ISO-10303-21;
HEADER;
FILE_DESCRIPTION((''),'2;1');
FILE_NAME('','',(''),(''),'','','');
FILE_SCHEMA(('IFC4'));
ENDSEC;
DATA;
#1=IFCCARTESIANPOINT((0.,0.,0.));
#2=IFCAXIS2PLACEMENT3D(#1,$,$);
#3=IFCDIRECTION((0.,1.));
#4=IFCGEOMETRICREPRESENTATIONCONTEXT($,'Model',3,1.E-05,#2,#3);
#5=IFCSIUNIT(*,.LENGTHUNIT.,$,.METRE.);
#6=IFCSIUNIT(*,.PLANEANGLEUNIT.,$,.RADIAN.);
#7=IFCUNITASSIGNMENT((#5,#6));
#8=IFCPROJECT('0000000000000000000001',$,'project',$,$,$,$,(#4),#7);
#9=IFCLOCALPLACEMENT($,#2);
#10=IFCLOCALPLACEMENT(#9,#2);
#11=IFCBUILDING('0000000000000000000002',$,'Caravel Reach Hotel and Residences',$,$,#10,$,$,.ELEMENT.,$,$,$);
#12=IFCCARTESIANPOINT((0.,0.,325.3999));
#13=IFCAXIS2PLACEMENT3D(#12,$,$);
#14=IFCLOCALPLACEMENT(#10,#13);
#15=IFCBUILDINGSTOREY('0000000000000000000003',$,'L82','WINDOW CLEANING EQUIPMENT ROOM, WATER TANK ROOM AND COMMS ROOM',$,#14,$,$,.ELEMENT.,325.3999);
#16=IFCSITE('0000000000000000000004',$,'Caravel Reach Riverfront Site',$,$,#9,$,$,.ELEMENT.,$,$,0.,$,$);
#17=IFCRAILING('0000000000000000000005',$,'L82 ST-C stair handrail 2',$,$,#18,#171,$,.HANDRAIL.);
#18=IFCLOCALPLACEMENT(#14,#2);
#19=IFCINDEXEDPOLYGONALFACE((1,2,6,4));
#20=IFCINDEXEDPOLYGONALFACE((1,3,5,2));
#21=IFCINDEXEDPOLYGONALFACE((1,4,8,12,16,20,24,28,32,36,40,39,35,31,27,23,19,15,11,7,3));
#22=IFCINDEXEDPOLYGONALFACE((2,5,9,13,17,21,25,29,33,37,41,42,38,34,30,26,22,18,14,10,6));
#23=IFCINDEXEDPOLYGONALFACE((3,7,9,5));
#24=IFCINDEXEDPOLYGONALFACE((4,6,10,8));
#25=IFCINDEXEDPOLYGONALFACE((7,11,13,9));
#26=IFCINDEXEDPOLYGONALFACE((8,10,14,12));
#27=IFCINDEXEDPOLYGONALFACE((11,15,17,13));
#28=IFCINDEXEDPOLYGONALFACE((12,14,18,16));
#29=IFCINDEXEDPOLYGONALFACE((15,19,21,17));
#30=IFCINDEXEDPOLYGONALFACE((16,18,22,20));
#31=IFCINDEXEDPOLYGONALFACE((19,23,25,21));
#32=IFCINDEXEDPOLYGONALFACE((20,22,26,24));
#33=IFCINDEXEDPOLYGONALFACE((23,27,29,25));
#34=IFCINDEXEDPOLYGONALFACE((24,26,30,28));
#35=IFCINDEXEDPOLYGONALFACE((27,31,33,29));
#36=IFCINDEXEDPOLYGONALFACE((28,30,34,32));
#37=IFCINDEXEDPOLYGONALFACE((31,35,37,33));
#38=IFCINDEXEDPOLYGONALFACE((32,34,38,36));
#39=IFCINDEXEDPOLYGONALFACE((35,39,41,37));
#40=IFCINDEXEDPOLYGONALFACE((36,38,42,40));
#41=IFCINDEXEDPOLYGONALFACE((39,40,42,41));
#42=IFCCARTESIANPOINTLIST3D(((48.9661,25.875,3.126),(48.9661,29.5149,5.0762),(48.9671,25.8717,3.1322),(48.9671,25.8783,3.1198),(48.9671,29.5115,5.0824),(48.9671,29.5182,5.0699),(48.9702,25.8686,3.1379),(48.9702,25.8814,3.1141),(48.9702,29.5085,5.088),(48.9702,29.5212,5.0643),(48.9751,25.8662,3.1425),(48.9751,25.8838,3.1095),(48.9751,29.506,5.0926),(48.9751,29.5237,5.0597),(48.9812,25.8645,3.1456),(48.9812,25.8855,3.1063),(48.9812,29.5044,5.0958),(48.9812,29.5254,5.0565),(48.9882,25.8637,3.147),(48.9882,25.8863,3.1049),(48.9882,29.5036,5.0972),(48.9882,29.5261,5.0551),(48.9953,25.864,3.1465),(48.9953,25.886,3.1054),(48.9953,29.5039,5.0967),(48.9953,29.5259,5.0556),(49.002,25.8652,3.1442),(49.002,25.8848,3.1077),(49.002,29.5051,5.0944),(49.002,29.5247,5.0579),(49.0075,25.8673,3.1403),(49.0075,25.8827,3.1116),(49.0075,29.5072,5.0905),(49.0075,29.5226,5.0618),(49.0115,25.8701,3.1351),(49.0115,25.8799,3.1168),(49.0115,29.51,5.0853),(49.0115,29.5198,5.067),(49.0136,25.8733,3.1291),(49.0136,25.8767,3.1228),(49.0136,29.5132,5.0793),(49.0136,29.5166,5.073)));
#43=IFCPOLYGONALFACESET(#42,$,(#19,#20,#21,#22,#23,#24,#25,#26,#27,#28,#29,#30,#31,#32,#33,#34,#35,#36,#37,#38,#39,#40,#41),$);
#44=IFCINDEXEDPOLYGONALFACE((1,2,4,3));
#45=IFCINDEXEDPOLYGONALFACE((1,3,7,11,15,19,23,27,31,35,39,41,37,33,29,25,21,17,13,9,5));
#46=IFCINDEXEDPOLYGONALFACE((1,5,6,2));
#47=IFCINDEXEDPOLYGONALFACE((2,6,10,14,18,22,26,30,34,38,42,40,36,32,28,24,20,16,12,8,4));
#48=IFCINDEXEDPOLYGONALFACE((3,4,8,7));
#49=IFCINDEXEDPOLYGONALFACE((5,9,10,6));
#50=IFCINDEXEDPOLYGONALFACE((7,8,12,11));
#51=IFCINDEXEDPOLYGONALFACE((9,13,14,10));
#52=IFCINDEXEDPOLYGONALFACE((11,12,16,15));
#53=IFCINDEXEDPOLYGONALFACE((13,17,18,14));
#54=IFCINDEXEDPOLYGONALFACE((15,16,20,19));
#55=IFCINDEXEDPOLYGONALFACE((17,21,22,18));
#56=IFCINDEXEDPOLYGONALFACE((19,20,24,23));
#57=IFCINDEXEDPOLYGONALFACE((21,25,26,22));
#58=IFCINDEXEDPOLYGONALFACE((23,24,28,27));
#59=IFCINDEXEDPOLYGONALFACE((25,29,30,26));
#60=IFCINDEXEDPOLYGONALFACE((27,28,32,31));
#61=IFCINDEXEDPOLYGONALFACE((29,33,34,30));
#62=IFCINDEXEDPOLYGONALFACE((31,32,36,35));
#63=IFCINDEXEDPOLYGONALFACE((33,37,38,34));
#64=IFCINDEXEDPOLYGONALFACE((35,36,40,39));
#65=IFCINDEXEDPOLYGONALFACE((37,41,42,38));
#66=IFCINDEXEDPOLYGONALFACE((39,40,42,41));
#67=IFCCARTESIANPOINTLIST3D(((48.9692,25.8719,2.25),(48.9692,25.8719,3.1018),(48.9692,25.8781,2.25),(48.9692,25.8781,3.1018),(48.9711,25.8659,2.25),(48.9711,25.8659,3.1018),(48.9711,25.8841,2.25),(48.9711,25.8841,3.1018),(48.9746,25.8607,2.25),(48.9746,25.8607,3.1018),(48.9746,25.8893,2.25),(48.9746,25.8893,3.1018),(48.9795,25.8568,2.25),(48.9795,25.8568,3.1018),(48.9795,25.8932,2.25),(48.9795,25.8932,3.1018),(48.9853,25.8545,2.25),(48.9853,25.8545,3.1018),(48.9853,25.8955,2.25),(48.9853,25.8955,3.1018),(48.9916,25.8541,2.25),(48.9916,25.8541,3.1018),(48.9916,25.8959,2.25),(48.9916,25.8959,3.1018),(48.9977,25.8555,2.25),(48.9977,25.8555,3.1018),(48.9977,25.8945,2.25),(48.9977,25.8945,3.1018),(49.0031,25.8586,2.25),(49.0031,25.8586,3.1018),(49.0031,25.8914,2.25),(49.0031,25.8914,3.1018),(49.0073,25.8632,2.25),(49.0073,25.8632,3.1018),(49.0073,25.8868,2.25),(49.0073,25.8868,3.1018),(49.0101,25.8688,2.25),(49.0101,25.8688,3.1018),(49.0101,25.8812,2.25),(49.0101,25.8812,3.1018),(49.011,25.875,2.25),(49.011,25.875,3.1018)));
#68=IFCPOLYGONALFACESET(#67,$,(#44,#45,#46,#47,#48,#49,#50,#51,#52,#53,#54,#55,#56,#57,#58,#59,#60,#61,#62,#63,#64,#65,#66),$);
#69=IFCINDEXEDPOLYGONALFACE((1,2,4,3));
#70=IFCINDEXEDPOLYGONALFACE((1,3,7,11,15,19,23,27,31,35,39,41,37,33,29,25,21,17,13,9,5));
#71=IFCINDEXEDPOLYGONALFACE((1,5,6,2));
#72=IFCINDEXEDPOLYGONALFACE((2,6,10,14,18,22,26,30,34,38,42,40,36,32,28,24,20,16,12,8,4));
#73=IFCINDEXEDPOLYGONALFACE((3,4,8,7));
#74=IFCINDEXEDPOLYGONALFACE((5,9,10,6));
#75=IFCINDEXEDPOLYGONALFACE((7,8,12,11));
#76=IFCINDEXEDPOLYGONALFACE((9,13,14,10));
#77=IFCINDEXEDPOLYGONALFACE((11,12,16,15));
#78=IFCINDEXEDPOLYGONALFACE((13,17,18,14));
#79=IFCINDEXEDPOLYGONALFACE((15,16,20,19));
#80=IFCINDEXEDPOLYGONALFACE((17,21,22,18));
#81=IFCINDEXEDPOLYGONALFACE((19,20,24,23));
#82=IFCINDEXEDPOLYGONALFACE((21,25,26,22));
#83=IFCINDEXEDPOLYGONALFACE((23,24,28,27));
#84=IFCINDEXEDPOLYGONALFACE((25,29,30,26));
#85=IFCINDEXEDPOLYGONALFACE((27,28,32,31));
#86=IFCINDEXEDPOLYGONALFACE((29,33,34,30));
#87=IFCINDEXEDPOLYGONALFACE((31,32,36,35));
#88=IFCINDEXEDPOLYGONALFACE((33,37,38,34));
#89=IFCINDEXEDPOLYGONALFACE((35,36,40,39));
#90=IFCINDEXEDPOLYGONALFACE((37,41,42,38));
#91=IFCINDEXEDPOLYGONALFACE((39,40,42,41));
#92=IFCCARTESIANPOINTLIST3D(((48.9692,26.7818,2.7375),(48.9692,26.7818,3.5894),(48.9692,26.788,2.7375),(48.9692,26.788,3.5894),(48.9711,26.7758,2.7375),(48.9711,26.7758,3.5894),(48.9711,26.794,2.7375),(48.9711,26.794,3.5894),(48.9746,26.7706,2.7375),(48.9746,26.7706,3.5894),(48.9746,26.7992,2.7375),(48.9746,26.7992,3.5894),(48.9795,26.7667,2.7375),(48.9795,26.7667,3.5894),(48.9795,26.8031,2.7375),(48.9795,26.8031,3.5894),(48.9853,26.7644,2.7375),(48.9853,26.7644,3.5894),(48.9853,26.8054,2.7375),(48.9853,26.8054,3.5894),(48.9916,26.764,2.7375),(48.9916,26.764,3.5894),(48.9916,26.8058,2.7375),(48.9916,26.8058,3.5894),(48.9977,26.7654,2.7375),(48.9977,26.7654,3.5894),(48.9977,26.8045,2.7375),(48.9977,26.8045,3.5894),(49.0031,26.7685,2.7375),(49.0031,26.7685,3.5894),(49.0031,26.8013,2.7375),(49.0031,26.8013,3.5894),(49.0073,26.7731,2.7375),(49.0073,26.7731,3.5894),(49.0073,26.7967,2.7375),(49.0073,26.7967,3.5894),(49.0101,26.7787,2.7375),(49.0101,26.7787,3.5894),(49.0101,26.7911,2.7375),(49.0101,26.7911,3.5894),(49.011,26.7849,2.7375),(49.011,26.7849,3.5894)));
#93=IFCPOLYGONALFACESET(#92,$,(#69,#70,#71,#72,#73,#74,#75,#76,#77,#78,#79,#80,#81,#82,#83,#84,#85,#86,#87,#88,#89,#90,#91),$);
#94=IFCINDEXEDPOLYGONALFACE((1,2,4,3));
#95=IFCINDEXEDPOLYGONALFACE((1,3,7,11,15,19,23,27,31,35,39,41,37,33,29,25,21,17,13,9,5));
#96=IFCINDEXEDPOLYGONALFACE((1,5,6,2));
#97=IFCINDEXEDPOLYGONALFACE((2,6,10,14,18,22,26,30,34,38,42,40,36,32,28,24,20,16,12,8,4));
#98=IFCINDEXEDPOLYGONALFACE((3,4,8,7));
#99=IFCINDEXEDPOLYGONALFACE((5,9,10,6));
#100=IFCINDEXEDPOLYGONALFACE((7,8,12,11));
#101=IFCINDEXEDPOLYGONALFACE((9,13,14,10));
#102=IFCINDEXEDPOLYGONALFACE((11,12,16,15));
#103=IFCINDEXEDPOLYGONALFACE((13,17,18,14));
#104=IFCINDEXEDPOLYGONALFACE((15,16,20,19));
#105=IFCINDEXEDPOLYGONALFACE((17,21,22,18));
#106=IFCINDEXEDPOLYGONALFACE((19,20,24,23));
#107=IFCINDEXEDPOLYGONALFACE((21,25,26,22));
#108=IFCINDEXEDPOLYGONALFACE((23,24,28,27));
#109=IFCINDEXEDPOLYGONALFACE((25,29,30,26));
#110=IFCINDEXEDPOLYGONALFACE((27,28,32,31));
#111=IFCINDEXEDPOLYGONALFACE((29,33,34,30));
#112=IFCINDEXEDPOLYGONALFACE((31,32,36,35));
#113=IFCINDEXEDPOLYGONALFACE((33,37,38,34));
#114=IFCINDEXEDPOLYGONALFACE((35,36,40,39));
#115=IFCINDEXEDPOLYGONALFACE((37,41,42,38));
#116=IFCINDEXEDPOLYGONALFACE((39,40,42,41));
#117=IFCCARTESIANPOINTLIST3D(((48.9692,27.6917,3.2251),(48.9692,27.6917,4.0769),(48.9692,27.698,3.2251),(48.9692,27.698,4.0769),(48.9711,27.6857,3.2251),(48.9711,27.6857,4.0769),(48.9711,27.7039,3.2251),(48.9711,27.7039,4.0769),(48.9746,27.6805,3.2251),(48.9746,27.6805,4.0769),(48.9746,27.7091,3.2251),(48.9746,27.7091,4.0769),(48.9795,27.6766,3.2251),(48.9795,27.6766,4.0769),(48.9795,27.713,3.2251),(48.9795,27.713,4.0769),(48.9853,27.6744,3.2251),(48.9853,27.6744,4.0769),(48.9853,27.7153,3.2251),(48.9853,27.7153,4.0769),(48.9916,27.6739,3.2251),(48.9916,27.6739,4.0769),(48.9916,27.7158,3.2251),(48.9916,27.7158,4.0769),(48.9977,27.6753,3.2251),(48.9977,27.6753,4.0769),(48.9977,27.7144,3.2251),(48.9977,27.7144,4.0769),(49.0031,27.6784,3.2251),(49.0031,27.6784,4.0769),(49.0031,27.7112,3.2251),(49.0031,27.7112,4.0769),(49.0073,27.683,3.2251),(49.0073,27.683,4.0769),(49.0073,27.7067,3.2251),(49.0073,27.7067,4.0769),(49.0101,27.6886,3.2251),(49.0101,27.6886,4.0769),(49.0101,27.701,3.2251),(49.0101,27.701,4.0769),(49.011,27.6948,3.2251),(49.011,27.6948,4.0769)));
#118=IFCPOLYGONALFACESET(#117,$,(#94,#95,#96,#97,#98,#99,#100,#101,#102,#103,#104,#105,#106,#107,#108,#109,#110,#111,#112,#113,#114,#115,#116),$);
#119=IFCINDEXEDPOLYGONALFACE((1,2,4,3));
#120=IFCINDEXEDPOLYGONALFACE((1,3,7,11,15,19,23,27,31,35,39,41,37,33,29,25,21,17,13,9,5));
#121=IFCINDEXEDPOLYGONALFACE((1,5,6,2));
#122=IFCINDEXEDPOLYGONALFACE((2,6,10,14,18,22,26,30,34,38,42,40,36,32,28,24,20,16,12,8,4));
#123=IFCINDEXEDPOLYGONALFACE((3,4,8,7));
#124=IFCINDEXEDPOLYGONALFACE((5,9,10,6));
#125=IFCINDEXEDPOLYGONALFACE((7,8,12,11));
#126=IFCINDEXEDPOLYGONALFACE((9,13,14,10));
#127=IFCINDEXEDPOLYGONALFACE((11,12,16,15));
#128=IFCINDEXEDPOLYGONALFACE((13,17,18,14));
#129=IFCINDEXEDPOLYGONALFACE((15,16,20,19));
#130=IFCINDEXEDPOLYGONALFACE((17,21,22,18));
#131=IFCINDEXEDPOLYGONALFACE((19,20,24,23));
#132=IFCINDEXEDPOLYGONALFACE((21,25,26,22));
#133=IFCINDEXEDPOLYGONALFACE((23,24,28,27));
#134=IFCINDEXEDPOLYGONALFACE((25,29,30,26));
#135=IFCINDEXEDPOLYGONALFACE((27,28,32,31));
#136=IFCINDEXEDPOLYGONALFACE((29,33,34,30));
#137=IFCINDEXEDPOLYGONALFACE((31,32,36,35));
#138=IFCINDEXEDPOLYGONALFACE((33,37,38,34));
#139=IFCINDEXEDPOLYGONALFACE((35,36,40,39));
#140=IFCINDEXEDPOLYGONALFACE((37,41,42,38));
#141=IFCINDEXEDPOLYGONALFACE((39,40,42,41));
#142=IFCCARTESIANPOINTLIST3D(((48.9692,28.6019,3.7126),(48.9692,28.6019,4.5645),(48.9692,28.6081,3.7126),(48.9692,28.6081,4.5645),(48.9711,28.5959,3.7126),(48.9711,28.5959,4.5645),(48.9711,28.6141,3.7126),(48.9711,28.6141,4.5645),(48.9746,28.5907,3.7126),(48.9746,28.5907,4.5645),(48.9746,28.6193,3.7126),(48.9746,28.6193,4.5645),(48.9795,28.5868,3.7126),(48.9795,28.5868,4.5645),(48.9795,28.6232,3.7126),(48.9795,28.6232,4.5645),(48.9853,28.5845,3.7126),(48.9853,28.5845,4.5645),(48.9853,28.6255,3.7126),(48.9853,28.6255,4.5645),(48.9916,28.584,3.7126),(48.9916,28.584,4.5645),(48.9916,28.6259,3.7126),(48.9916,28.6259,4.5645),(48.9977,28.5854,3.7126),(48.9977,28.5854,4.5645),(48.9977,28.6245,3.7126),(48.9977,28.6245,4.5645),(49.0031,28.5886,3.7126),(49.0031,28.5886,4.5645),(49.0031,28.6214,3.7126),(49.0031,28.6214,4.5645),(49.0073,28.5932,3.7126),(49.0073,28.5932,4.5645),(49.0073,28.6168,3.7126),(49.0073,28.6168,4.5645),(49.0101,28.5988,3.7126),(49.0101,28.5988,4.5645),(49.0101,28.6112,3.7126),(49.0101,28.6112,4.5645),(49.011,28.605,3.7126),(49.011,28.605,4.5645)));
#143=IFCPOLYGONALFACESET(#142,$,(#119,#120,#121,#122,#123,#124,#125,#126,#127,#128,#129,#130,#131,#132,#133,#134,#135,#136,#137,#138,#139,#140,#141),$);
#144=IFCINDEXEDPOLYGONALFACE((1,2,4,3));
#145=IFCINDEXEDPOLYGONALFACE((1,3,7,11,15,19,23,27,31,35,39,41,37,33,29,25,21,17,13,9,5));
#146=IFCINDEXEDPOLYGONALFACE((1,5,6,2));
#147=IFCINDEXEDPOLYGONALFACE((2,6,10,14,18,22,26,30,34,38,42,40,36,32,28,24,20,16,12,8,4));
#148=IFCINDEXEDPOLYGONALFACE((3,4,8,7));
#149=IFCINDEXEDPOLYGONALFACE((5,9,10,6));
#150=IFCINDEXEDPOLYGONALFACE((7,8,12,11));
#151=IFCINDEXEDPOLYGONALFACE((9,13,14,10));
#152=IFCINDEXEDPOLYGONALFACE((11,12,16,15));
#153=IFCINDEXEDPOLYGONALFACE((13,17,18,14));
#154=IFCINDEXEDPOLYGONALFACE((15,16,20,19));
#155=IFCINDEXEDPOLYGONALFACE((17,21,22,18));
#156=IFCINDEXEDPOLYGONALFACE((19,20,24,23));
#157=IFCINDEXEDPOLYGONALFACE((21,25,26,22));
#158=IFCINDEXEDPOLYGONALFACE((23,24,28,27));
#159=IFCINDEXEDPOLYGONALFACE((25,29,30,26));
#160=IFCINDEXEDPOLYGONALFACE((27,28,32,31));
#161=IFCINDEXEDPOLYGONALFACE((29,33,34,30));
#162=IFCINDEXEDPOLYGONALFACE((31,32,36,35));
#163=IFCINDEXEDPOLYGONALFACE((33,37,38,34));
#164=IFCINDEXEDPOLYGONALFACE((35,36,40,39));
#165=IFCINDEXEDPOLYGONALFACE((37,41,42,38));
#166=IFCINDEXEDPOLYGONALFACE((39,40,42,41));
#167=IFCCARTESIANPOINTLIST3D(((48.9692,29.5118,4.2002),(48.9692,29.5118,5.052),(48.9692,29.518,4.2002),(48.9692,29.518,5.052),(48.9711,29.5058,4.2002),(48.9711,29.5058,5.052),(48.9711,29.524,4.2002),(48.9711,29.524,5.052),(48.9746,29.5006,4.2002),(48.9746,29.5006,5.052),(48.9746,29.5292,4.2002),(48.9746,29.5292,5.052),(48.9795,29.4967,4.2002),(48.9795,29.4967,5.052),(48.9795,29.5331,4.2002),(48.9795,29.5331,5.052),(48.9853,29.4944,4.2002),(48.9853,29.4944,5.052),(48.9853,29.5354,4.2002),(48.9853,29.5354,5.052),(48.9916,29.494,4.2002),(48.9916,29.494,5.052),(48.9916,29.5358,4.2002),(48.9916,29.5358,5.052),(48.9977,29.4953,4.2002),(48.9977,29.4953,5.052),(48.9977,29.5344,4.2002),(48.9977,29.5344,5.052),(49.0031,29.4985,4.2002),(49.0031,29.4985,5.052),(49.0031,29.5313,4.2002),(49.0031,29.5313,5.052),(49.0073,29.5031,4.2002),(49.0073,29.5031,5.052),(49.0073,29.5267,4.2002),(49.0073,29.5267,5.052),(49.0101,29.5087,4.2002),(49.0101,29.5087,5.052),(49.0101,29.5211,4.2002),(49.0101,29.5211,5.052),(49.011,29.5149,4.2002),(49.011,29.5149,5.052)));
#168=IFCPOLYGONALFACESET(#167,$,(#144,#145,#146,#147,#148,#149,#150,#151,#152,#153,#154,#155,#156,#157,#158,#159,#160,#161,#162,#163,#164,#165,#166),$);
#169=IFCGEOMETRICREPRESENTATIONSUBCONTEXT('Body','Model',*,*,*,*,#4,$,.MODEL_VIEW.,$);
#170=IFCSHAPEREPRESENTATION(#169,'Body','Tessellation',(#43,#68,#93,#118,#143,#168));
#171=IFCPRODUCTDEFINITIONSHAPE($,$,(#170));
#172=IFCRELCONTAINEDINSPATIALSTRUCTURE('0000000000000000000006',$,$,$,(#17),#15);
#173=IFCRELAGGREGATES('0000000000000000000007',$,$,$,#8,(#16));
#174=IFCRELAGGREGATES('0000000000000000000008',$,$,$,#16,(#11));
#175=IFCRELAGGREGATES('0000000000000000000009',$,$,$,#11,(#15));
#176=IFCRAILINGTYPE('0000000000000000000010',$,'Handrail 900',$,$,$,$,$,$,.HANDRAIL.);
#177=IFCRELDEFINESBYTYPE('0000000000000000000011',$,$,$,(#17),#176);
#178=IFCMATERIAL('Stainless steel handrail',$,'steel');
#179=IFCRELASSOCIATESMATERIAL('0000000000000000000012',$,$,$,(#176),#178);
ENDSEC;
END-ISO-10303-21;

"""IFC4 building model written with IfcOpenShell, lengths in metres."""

from ifc_helpers import new_model, si_unit, direction, frame, origin, origin_2d, place, context, subcontext, project, spatial, circle, extrude, material, type_object, element, save


model = new_model("IFC4")

# Units and contexts
model_context = context("Model", 3, precision=1e-05, world=origin(), true_north=direction((0.0, 1.0)))
body_context = subcontext(model_context, "Body", "Model", "MODEL_VIEW")
ifc_project = project(units=[si_unit("LENGTHUNIT", "METRE"), si_unit("PLANEANGLEUNIT", "RADIAN")], contexts=[model_context])

# Site, building, storey
site_placement = place(None, origin())
site = spatial("IfcSite", under=ifc_project, at=site_placement, Name="Caravel Reach Riverfront Site", CompositionType="ELEMENT", RefElevation=0.0)
building_placement = place(site_placement, origin())
building = spatial("IfcBuilding", under=site, at=building_placement, Name="Caravel Reach Hotel and Residences", CompositionType="ELEMENT")
storey_placement = place(building_placement, frame((0.0, 0.0, 325.3999)))
storey = spatial("IfcBuildingStorey", under=building, at=storey_placement, Name="L82", Description="WINDOW CLEANING EQUIPMENT ROOM, WATER TANK ROOM AND COMMS ROOM", CompositionType="ELEMENT", Elevation=325.3999)

# Railing
ifc_material_1 = material(Name="Stainless steel handrail", Category="steel")
railing_type_1 = type_object("IfcRailingType", Name="Handrail 900", PredefinedType="HANDRAIL", material=ifc_material_1)
railing_1_placement = place(storey_placement, frame((48.99, 25.875, 2.25)))
element("IfcRailing", 1, at=railing_1_placement, inside=storey, type_object=railing_type_1, Name="L82 ST-C stair handrail 2", PredefinedType="HANDRAIL", context=body_context, shape_type="SweptSolid", body=[
    extrude(circle(Radius=0.0239, at=origin_2d()), frame((0.0, 0.0, 0.876), z_axis=(0.0, 0.881454, 0.472269), x_axis=(-1.0, 0.0, 0.0)), (0.0, 0.0, 1.0), 4.1294),
    extrude(circle(Radius=0.021, at=origin_2d()), origin(), (0.0, 0.0, 1.0), 0.8518),
    extrude(circle(Radius=0.021, at=origin_2d()), frame((0.0, 0.9099, 0.4875)), (0.0, 0.0, 1.0), 0.8518),
    extrude(circle(Radius=0.021, at=origin_2d()), frame((0.0, 1.8198, 0.9751)), (0.0, 0.0, 1.0), 0.8518),
    extrude(circle(Radius=0.021, at=origin_2d()), frame((0.0, 2.73, 1.4626)), (0.0, 0.0, 1.0), 0.8518),
    extrude(circle(Radius=0.021, at=origin_2d()), frame((0.0, 3.6399, 1.9502)), (0.0, 0.0, 1.0), 0.8518),
])

save(model, "model.ifc")
